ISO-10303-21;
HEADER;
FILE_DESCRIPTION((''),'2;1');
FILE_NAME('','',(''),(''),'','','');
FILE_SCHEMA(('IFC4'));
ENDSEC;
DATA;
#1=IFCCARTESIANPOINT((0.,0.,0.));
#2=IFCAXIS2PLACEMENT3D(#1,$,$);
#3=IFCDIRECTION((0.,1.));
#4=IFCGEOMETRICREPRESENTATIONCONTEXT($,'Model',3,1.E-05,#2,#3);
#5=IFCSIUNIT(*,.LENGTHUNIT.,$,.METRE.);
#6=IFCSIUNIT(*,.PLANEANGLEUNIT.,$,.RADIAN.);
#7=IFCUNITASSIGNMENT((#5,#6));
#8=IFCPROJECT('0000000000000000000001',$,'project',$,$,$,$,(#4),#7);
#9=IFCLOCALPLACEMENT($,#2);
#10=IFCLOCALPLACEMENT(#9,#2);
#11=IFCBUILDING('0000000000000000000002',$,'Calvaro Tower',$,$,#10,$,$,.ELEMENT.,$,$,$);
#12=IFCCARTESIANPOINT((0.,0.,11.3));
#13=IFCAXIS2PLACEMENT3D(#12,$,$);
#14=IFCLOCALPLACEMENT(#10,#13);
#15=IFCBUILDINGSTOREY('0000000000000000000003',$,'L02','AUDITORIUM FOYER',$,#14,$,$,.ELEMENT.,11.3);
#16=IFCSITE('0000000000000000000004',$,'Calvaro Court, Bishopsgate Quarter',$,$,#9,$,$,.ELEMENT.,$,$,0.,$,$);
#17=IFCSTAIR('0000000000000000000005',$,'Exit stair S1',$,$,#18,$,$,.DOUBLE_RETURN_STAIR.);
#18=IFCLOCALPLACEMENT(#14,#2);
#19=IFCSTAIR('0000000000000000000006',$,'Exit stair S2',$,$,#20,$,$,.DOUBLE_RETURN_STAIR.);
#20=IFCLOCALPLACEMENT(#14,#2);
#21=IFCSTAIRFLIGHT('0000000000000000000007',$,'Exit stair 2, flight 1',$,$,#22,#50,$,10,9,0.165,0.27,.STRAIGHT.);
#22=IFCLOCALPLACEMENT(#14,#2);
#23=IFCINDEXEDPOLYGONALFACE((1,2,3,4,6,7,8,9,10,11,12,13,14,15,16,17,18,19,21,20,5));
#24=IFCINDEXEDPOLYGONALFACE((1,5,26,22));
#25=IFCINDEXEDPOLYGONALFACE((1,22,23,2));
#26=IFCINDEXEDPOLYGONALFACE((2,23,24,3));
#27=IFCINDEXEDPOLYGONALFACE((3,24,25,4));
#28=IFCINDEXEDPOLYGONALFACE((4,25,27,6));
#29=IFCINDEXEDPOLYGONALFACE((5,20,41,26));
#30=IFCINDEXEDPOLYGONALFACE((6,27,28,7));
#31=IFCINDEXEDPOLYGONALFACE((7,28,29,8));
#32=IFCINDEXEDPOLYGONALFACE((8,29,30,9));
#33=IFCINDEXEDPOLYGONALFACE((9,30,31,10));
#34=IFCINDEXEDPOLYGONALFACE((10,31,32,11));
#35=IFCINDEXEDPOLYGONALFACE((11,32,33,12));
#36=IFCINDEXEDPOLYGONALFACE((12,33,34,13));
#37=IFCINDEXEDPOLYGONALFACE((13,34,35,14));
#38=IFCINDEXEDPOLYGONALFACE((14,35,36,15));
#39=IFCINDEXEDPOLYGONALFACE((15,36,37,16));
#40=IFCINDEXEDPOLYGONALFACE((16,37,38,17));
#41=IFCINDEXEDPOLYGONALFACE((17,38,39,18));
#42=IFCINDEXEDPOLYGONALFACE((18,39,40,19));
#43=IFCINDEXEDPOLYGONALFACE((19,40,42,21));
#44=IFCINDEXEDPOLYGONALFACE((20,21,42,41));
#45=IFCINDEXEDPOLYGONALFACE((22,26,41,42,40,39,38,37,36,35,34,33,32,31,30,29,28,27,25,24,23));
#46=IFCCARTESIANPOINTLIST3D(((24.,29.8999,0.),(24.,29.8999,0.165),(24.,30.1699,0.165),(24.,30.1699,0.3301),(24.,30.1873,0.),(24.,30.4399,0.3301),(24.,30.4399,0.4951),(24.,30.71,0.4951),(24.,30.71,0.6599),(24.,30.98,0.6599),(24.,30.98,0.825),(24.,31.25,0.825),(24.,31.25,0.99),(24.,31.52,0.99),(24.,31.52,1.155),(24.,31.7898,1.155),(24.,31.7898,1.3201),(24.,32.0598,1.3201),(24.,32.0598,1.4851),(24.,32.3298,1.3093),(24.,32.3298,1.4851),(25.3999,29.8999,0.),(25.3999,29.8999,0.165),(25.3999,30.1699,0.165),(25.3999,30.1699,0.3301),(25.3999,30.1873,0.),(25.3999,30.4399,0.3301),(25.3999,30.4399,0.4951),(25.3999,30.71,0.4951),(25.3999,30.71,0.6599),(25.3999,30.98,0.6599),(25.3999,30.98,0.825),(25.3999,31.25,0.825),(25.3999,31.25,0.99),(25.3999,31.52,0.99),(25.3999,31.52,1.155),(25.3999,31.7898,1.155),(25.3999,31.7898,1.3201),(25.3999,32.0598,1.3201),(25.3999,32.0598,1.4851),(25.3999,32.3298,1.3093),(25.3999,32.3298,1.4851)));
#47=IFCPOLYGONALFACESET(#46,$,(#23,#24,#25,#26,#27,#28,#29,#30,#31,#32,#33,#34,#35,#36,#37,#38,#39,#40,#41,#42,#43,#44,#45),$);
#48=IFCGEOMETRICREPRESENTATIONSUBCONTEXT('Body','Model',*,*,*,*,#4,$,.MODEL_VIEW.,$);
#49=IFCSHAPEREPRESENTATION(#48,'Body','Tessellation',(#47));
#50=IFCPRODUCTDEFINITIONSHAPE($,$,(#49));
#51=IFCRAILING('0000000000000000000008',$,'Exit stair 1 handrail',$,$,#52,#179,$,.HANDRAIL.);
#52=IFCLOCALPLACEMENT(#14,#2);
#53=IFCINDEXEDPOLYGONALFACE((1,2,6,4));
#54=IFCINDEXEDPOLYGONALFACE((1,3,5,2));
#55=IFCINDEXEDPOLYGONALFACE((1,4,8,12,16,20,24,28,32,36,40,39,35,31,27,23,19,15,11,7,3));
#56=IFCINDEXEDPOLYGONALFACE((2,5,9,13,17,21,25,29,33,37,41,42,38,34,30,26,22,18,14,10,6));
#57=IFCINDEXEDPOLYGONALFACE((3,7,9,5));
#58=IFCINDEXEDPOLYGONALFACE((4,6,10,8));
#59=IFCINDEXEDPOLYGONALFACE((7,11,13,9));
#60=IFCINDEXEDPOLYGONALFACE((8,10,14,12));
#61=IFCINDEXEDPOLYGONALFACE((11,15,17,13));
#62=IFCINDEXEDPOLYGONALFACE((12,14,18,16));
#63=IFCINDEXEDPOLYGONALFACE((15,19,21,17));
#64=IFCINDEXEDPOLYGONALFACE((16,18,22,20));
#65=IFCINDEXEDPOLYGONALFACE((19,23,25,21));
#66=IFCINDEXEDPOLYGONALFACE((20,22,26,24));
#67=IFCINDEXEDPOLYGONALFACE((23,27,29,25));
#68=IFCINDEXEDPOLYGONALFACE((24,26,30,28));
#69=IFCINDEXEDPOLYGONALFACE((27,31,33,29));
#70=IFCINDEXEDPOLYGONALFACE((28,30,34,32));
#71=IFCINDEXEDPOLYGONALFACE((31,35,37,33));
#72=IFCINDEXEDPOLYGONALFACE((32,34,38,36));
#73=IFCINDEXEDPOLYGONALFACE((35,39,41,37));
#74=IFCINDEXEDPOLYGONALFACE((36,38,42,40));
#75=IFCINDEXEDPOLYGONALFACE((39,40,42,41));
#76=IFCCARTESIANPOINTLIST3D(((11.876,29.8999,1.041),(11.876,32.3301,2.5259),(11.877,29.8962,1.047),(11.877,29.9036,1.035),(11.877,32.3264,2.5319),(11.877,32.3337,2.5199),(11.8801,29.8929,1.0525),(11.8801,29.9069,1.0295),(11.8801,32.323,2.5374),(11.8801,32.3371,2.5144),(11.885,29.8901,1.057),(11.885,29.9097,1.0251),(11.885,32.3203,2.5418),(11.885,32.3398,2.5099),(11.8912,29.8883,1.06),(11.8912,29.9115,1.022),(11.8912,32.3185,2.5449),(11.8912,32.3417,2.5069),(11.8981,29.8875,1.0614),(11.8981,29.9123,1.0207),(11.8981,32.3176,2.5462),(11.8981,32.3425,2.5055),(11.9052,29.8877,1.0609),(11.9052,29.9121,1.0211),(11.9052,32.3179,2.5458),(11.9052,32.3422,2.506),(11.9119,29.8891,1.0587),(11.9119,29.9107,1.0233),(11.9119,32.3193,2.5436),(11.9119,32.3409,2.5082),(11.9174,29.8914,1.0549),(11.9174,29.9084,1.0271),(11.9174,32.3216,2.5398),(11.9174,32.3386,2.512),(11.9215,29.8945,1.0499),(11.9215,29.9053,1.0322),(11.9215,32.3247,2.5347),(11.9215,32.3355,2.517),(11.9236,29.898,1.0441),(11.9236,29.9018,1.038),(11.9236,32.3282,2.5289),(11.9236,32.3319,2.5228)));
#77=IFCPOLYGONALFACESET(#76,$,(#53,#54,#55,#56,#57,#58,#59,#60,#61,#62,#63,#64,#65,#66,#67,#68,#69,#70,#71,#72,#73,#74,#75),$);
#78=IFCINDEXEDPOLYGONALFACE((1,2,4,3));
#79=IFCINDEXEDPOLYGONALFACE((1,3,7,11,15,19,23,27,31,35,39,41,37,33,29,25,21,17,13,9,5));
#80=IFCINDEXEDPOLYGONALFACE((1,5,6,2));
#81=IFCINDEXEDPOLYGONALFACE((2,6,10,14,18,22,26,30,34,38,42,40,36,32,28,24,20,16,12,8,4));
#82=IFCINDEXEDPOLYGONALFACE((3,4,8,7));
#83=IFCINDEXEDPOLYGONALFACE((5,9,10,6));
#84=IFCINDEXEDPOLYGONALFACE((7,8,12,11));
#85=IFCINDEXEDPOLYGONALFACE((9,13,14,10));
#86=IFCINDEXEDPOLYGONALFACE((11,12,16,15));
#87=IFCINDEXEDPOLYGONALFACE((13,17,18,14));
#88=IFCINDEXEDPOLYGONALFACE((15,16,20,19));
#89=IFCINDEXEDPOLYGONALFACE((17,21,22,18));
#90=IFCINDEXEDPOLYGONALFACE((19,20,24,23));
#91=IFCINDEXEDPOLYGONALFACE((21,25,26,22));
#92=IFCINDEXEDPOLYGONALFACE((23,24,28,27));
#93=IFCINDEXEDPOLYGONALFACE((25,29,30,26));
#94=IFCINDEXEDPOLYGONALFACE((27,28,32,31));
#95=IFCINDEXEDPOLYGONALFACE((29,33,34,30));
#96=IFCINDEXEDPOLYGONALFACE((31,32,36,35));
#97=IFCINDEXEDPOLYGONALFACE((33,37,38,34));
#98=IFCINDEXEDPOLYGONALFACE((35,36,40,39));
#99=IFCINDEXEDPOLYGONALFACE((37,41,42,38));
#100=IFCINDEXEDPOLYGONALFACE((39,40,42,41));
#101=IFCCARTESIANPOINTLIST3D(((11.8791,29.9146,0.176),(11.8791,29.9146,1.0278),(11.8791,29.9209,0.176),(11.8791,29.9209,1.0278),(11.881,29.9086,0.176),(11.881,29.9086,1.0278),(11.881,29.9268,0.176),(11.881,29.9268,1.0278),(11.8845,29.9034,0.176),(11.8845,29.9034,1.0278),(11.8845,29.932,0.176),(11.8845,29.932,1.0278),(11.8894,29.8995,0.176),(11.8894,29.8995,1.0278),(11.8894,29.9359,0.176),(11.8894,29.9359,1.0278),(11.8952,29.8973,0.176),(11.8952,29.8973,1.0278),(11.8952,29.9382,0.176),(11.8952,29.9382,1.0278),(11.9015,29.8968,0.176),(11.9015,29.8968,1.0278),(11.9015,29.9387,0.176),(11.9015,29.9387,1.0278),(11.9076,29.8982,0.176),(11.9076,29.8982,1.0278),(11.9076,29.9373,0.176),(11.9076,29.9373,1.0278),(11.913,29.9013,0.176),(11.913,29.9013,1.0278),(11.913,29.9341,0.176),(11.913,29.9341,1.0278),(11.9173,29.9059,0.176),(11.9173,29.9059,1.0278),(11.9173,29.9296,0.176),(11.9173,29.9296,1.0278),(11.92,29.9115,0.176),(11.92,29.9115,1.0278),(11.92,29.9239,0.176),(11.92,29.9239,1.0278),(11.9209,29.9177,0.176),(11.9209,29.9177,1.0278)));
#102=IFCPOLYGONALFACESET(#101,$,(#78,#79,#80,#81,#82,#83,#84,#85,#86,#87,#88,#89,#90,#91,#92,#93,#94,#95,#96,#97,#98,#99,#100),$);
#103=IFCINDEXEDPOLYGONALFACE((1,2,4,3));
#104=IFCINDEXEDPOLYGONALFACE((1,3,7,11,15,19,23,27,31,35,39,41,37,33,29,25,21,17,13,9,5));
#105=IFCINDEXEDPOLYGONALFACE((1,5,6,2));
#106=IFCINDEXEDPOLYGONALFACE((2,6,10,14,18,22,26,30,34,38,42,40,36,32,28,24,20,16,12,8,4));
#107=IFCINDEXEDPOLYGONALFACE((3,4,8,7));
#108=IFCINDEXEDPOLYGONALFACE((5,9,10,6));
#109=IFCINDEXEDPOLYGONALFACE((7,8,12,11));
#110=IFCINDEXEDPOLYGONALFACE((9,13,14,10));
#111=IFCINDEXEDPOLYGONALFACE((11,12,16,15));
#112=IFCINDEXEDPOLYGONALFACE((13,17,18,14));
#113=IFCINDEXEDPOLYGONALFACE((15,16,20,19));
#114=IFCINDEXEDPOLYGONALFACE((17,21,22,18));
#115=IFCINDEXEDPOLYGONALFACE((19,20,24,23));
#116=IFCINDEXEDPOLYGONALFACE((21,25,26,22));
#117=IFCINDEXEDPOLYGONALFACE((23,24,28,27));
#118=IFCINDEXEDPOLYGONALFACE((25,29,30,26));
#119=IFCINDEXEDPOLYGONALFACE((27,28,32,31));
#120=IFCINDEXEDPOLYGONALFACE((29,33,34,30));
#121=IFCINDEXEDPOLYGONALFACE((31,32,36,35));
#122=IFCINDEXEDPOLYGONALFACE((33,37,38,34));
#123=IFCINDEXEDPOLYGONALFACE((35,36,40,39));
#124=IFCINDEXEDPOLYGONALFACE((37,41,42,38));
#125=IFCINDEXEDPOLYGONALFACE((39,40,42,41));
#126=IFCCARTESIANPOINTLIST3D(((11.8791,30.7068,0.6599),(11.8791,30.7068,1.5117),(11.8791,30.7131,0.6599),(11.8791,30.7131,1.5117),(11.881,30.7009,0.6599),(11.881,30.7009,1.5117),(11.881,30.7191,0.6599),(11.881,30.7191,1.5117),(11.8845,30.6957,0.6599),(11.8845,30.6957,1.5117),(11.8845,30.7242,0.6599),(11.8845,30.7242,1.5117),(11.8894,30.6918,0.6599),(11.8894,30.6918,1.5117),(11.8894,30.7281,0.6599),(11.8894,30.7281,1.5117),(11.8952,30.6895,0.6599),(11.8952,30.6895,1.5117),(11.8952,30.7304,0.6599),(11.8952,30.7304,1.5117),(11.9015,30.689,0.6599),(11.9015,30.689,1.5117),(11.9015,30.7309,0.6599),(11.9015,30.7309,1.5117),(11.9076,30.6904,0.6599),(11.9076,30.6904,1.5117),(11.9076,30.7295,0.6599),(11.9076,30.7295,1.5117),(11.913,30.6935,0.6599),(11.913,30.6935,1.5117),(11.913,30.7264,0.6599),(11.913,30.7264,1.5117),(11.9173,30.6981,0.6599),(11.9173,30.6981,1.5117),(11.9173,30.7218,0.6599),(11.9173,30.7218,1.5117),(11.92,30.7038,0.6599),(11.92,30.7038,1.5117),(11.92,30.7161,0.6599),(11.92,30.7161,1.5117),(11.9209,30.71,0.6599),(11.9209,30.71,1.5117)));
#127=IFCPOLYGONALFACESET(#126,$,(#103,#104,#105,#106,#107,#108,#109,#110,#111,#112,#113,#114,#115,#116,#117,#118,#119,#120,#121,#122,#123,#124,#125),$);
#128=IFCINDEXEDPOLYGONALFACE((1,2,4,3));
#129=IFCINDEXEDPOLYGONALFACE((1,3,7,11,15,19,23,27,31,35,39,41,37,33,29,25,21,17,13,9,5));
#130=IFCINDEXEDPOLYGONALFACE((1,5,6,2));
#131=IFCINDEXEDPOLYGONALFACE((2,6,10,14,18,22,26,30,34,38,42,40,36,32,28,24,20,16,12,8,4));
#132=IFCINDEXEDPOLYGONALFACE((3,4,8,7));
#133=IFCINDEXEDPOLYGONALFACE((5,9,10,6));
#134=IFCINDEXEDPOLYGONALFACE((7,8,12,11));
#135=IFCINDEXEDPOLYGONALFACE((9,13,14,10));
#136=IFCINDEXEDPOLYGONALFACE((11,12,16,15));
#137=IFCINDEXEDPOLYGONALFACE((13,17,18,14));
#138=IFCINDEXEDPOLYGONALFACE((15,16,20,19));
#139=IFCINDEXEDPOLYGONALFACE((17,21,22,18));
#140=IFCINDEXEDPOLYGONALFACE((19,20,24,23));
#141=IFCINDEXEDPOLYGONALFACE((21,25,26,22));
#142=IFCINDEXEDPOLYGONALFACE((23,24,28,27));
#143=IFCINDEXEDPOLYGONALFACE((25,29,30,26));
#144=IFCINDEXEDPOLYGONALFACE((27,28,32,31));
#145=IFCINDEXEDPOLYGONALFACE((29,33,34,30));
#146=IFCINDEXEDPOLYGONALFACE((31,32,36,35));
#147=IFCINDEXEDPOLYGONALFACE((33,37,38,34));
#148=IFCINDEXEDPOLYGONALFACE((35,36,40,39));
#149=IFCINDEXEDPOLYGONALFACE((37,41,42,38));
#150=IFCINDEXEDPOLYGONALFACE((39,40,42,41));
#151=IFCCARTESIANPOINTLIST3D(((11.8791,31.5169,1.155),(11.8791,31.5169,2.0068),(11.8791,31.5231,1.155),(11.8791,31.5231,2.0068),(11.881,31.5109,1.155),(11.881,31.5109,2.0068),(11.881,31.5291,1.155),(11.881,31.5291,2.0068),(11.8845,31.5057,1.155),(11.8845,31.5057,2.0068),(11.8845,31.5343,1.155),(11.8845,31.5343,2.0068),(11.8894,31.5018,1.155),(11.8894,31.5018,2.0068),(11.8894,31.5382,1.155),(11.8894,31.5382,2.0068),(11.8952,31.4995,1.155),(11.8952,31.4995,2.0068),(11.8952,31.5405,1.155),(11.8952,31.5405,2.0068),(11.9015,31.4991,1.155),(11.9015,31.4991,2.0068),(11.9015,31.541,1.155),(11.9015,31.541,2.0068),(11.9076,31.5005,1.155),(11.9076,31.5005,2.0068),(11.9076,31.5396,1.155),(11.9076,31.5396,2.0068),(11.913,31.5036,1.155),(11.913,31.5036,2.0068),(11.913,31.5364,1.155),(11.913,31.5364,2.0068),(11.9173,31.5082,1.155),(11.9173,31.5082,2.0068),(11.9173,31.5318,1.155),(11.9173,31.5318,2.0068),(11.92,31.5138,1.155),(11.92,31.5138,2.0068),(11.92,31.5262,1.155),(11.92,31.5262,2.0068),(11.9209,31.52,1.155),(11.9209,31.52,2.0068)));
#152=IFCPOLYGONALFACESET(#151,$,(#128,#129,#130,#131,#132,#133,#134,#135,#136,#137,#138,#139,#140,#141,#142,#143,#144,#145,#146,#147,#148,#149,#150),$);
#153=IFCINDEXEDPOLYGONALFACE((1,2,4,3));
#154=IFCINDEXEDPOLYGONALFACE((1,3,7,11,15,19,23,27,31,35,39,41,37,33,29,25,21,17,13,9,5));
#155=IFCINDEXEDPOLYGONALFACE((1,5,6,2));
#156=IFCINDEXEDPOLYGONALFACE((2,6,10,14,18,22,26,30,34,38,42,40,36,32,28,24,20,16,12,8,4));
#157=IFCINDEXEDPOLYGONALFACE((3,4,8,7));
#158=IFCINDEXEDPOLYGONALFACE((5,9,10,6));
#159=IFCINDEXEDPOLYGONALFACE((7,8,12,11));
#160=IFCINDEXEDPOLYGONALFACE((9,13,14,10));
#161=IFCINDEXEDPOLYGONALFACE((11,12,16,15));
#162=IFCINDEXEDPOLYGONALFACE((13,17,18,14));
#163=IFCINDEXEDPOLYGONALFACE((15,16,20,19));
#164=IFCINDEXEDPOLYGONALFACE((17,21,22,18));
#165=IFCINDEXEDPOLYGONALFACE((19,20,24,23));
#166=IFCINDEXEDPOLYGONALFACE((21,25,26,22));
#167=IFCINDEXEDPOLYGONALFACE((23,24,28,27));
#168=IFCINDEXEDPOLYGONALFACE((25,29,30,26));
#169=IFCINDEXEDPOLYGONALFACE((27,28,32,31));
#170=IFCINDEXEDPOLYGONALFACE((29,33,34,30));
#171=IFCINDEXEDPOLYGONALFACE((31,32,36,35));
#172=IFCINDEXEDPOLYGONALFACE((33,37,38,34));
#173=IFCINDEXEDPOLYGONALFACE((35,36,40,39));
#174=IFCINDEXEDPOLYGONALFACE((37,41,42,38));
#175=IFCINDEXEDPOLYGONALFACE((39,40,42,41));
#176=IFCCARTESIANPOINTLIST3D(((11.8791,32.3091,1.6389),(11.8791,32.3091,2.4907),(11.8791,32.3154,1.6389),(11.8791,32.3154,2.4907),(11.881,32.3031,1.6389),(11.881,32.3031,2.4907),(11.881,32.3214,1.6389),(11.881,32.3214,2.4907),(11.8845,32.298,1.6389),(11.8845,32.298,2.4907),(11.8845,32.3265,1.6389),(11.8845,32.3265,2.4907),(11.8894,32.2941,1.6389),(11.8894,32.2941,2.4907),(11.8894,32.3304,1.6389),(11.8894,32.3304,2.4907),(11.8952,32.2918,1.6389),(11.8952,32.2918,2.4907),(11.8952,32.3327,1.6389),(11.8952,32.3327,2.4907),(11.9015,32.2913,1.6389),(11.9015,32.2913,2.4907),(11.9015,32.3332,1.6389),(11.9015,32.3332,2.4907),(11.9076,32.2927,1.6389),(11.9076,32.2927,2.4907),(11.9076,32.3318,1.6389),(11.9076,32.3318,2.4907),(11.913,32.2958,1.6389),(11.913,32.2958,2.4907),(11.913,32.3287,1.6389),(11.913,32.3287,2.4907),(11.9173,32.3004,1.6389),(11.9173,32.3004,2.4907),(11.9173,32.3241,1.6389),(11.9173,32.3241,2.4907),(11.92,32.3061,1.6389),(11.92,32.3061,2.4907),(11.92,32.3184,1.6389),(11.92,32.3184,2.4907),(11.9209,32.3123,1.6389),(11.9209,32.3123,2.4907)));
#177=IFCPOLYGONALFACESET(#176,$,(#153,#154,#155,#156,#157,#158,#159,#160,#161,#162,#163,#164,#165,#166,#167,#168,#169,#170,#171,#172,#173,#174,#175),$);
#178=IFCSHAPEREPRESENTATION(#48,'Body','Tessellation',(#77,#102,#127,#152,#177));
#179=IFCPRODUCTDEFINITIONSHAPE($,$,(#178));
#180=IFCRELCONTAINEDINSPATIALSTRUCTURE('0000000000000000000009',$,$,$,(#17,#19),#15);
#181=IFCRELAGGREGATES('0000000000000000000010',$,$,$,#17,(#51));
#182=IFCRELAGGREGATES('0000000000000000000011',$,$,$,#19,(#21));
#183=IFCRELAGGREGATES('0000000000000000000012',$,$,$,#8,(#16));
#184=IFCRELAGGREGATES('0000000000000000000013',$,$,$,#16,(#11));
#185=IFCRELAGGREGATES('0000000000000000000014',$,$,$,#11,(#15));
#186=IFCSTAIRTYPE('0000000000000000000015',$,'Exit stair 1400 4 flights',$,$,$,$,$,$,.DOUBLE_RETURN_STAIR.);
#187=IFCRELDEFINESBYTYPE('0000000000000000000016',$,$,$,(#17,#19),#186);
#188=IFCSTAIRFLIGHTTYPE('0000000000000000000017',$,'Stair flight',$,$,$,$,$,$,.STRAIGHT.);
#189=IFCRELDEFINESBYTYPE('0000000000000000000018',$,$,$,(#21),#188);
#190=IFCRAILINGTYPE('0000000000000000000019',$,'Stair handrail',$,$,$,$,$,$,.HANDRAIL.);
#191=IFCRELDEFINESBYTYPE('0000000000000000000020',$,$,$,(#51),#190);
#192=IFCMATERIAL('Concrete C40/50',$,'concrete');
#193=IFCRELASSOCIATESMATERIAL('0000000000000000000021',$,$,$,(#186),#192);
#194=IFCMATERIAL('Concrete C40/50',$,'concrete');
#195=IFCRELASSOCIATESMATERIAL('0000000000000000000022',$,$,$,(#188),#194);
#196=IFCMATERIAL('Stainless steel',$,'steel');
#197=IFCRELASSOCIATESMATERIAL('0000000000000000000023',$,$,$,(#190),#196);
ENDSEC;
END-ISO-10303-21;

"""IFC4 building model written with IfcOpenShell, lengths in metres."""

from ifc_helpers import new_model, si_unit, direction, frame, origin, origin_2d, place, context, subcontext, project, spatial, polyline, circle, outline, extrude, material, type_object, element, aggregate, save


model = new_model("IFC4")

# Units and contexts
model_context = context("Model", 3, precision=1e-05, world=origin(), true_north=direction((0.0, 1.0)))
body_context = subcontext(model_context, "Body", "Model", "MODEL_VIEW")
ifc_project = project(units=[si_unit("LENGTHUNIT", "METRE"), si_unit("PLANEANGLEUNIT", "RADIAN")], contexts=[model_context])

# Site, building, storey
site_placement = place(None, origin())
site = spatial("IfcSite", under=ifc_project, at=site_placement, Name="Calvaro Court, Bishopsgate Quarter", CompositionType="ELEMENT", RefElevation=0.0)
building_placement = place(site_placement, origin())
building = spatial("IfcBuilding", under=site, at=building_placement, Name="Calvaro Tower", CompositionType="ELEMENT")
storey_placement = place(building_placement, frame((0.0, 0.0, 11.3)))
storey = spatial("IfcBuildingStorey", under=building, at=storey_placement, Name="L02", Description="AUDITORIUM FOYER", CompositionType="ELEMENT", Elevation=11.3)

# Stair
ifc_material_1 = material(Name="Concrete C40/50", Category="concrete")
stair_type = type_object("IfcStairType", Name="Exit stair 1400 4 flights", PredefinedType="DOUBLE_RETURN_STAIR", material=ifc_material_1)
stair_1_placement = place(storey_placement, origin())
stair_1 = element("IfcStair", 1, at=stair_1_placement, inside=storey, type_object=stair_type, Name="Exit stair S1", PredefinedType="DOUBLE_RETURN_STAIR")
ifc_material_2 = material(Name="Concrete C40/50", Category="concrete")
stair_flight_type = type_object("IfcStairFlightType", Name="Stair flight", PredefinedType="STRAIGHT", material=ifc_material_2)

# Stair, stair flight
stair_2_placement = place(storey_placement, origin())
stair_2 = element("IfcStair", 2, at=stair_2_placement, inside=storey, type_object=stair_type, Name="Exit stair S2", PredefinedType="DOUBLE_RETURN_STAIR")
stair_flight_1_placement = place(storey_placement, frame((24.7, 29.8999, 0.0), z_axis=(0.0, 0.0, 1.0), x_axis=(0.0, 1.0, 0.0)))
stair_flight_1 = element("IfcStairFlight", 3, at=stair_flight_1_placement, type_object=stair_flight_type, Name="Exit stair 2, flight 1", NumberOfRisers=10, NumberOfTreads=9, PredefinedType="STRAIGHT", RiserHeight=0.165, TreadLength=0.27, context=body_context, shape_type="SweptSolid", body=[
    extrude(outline(polyline([(0.0, 0.0), (0.0, 0.165), (0.27, 0.165), (0.27, 0.3301), (0.54, 0.3301), (0.54, 0.4951), (0.8101, 0.4951), (0.8101, 0.6599), (1.0801, 0.6599), (1.0801, 0.825), (1.3501, 0.825), (1.3501, 0.99), (1.6201, 0.99), (1.6201, 1.155), (1.8899, 1.155), (1.8899, 1.3201), (2.1599, 1.3201), (2.1599, 1.4851), (2.4299, 1.4851), (2.4299, 1.6499), (2.4299, 1.3093), (0.2874, 0.0), (0.0, 0.0)])), frame((0.0, 0.7, 0.0), z_axis=(0.0, -1.0, 0.0), x_axis=(1.0, 0.0, 0.0)), (0.0, 0.0, 1.0), 1.3999),
])

# Railing
ifc_material_3 = material(Name="Stainless steel", Category="steel")
railing_type = type_object("IfcRailingType", Name="Stair handrail", PredefinedType="HANDRAIL", material=ifc_material_3)
railing_1_placement = place(storey_placement, frame((11.8999, 29.8999, 0.165)))
railing_1 = element("IfcRailing", 4, at=railing_1_placement, type_object=railing_type, Name="Exit stair 1 handrail", PredefinedType="HANDRAIL", context=body_context, shape_type="SweptSolid", body=[
    extrude(circle(Radius=0.0239, at=origin_2d()), frame((0.0, 0.0, 0.876), z_axis=(0.0, 0.85332, 0.521388), x_axis=(-1.0, 0.0, 0.0)), (0.0, 0.0, 1.0), 2.8479),
    extrude(circle(Radius=0.021, at=origin_2d()), frame((0.0, 0.0178, 0.011)), (0.0, 0.0, 1.0), 0.8518),
    extrude(circle(Radius=0.021, at=origin_2d()), frame((0.0, 0.8101, 0.4949)), (0.0, 0.0, 1.0), 0.8518),
    extrude(circle(Radius=0.021, at=origin_2d()), frame((0.0, 1.6201, 0.99)), (0.0, 0.0, 1.0), 0.8518),
    extrude(circle(Radius=0.021, at=origin_2d()), frame((0.0, 2.4124, 1.4739)), (0.0, 0.0, 1.0), 0.8518),
])
aggregate(stair_1, [railing_1])
aggregate(stair_2, [stair_flight_1])

save(model, "model.ifc")
